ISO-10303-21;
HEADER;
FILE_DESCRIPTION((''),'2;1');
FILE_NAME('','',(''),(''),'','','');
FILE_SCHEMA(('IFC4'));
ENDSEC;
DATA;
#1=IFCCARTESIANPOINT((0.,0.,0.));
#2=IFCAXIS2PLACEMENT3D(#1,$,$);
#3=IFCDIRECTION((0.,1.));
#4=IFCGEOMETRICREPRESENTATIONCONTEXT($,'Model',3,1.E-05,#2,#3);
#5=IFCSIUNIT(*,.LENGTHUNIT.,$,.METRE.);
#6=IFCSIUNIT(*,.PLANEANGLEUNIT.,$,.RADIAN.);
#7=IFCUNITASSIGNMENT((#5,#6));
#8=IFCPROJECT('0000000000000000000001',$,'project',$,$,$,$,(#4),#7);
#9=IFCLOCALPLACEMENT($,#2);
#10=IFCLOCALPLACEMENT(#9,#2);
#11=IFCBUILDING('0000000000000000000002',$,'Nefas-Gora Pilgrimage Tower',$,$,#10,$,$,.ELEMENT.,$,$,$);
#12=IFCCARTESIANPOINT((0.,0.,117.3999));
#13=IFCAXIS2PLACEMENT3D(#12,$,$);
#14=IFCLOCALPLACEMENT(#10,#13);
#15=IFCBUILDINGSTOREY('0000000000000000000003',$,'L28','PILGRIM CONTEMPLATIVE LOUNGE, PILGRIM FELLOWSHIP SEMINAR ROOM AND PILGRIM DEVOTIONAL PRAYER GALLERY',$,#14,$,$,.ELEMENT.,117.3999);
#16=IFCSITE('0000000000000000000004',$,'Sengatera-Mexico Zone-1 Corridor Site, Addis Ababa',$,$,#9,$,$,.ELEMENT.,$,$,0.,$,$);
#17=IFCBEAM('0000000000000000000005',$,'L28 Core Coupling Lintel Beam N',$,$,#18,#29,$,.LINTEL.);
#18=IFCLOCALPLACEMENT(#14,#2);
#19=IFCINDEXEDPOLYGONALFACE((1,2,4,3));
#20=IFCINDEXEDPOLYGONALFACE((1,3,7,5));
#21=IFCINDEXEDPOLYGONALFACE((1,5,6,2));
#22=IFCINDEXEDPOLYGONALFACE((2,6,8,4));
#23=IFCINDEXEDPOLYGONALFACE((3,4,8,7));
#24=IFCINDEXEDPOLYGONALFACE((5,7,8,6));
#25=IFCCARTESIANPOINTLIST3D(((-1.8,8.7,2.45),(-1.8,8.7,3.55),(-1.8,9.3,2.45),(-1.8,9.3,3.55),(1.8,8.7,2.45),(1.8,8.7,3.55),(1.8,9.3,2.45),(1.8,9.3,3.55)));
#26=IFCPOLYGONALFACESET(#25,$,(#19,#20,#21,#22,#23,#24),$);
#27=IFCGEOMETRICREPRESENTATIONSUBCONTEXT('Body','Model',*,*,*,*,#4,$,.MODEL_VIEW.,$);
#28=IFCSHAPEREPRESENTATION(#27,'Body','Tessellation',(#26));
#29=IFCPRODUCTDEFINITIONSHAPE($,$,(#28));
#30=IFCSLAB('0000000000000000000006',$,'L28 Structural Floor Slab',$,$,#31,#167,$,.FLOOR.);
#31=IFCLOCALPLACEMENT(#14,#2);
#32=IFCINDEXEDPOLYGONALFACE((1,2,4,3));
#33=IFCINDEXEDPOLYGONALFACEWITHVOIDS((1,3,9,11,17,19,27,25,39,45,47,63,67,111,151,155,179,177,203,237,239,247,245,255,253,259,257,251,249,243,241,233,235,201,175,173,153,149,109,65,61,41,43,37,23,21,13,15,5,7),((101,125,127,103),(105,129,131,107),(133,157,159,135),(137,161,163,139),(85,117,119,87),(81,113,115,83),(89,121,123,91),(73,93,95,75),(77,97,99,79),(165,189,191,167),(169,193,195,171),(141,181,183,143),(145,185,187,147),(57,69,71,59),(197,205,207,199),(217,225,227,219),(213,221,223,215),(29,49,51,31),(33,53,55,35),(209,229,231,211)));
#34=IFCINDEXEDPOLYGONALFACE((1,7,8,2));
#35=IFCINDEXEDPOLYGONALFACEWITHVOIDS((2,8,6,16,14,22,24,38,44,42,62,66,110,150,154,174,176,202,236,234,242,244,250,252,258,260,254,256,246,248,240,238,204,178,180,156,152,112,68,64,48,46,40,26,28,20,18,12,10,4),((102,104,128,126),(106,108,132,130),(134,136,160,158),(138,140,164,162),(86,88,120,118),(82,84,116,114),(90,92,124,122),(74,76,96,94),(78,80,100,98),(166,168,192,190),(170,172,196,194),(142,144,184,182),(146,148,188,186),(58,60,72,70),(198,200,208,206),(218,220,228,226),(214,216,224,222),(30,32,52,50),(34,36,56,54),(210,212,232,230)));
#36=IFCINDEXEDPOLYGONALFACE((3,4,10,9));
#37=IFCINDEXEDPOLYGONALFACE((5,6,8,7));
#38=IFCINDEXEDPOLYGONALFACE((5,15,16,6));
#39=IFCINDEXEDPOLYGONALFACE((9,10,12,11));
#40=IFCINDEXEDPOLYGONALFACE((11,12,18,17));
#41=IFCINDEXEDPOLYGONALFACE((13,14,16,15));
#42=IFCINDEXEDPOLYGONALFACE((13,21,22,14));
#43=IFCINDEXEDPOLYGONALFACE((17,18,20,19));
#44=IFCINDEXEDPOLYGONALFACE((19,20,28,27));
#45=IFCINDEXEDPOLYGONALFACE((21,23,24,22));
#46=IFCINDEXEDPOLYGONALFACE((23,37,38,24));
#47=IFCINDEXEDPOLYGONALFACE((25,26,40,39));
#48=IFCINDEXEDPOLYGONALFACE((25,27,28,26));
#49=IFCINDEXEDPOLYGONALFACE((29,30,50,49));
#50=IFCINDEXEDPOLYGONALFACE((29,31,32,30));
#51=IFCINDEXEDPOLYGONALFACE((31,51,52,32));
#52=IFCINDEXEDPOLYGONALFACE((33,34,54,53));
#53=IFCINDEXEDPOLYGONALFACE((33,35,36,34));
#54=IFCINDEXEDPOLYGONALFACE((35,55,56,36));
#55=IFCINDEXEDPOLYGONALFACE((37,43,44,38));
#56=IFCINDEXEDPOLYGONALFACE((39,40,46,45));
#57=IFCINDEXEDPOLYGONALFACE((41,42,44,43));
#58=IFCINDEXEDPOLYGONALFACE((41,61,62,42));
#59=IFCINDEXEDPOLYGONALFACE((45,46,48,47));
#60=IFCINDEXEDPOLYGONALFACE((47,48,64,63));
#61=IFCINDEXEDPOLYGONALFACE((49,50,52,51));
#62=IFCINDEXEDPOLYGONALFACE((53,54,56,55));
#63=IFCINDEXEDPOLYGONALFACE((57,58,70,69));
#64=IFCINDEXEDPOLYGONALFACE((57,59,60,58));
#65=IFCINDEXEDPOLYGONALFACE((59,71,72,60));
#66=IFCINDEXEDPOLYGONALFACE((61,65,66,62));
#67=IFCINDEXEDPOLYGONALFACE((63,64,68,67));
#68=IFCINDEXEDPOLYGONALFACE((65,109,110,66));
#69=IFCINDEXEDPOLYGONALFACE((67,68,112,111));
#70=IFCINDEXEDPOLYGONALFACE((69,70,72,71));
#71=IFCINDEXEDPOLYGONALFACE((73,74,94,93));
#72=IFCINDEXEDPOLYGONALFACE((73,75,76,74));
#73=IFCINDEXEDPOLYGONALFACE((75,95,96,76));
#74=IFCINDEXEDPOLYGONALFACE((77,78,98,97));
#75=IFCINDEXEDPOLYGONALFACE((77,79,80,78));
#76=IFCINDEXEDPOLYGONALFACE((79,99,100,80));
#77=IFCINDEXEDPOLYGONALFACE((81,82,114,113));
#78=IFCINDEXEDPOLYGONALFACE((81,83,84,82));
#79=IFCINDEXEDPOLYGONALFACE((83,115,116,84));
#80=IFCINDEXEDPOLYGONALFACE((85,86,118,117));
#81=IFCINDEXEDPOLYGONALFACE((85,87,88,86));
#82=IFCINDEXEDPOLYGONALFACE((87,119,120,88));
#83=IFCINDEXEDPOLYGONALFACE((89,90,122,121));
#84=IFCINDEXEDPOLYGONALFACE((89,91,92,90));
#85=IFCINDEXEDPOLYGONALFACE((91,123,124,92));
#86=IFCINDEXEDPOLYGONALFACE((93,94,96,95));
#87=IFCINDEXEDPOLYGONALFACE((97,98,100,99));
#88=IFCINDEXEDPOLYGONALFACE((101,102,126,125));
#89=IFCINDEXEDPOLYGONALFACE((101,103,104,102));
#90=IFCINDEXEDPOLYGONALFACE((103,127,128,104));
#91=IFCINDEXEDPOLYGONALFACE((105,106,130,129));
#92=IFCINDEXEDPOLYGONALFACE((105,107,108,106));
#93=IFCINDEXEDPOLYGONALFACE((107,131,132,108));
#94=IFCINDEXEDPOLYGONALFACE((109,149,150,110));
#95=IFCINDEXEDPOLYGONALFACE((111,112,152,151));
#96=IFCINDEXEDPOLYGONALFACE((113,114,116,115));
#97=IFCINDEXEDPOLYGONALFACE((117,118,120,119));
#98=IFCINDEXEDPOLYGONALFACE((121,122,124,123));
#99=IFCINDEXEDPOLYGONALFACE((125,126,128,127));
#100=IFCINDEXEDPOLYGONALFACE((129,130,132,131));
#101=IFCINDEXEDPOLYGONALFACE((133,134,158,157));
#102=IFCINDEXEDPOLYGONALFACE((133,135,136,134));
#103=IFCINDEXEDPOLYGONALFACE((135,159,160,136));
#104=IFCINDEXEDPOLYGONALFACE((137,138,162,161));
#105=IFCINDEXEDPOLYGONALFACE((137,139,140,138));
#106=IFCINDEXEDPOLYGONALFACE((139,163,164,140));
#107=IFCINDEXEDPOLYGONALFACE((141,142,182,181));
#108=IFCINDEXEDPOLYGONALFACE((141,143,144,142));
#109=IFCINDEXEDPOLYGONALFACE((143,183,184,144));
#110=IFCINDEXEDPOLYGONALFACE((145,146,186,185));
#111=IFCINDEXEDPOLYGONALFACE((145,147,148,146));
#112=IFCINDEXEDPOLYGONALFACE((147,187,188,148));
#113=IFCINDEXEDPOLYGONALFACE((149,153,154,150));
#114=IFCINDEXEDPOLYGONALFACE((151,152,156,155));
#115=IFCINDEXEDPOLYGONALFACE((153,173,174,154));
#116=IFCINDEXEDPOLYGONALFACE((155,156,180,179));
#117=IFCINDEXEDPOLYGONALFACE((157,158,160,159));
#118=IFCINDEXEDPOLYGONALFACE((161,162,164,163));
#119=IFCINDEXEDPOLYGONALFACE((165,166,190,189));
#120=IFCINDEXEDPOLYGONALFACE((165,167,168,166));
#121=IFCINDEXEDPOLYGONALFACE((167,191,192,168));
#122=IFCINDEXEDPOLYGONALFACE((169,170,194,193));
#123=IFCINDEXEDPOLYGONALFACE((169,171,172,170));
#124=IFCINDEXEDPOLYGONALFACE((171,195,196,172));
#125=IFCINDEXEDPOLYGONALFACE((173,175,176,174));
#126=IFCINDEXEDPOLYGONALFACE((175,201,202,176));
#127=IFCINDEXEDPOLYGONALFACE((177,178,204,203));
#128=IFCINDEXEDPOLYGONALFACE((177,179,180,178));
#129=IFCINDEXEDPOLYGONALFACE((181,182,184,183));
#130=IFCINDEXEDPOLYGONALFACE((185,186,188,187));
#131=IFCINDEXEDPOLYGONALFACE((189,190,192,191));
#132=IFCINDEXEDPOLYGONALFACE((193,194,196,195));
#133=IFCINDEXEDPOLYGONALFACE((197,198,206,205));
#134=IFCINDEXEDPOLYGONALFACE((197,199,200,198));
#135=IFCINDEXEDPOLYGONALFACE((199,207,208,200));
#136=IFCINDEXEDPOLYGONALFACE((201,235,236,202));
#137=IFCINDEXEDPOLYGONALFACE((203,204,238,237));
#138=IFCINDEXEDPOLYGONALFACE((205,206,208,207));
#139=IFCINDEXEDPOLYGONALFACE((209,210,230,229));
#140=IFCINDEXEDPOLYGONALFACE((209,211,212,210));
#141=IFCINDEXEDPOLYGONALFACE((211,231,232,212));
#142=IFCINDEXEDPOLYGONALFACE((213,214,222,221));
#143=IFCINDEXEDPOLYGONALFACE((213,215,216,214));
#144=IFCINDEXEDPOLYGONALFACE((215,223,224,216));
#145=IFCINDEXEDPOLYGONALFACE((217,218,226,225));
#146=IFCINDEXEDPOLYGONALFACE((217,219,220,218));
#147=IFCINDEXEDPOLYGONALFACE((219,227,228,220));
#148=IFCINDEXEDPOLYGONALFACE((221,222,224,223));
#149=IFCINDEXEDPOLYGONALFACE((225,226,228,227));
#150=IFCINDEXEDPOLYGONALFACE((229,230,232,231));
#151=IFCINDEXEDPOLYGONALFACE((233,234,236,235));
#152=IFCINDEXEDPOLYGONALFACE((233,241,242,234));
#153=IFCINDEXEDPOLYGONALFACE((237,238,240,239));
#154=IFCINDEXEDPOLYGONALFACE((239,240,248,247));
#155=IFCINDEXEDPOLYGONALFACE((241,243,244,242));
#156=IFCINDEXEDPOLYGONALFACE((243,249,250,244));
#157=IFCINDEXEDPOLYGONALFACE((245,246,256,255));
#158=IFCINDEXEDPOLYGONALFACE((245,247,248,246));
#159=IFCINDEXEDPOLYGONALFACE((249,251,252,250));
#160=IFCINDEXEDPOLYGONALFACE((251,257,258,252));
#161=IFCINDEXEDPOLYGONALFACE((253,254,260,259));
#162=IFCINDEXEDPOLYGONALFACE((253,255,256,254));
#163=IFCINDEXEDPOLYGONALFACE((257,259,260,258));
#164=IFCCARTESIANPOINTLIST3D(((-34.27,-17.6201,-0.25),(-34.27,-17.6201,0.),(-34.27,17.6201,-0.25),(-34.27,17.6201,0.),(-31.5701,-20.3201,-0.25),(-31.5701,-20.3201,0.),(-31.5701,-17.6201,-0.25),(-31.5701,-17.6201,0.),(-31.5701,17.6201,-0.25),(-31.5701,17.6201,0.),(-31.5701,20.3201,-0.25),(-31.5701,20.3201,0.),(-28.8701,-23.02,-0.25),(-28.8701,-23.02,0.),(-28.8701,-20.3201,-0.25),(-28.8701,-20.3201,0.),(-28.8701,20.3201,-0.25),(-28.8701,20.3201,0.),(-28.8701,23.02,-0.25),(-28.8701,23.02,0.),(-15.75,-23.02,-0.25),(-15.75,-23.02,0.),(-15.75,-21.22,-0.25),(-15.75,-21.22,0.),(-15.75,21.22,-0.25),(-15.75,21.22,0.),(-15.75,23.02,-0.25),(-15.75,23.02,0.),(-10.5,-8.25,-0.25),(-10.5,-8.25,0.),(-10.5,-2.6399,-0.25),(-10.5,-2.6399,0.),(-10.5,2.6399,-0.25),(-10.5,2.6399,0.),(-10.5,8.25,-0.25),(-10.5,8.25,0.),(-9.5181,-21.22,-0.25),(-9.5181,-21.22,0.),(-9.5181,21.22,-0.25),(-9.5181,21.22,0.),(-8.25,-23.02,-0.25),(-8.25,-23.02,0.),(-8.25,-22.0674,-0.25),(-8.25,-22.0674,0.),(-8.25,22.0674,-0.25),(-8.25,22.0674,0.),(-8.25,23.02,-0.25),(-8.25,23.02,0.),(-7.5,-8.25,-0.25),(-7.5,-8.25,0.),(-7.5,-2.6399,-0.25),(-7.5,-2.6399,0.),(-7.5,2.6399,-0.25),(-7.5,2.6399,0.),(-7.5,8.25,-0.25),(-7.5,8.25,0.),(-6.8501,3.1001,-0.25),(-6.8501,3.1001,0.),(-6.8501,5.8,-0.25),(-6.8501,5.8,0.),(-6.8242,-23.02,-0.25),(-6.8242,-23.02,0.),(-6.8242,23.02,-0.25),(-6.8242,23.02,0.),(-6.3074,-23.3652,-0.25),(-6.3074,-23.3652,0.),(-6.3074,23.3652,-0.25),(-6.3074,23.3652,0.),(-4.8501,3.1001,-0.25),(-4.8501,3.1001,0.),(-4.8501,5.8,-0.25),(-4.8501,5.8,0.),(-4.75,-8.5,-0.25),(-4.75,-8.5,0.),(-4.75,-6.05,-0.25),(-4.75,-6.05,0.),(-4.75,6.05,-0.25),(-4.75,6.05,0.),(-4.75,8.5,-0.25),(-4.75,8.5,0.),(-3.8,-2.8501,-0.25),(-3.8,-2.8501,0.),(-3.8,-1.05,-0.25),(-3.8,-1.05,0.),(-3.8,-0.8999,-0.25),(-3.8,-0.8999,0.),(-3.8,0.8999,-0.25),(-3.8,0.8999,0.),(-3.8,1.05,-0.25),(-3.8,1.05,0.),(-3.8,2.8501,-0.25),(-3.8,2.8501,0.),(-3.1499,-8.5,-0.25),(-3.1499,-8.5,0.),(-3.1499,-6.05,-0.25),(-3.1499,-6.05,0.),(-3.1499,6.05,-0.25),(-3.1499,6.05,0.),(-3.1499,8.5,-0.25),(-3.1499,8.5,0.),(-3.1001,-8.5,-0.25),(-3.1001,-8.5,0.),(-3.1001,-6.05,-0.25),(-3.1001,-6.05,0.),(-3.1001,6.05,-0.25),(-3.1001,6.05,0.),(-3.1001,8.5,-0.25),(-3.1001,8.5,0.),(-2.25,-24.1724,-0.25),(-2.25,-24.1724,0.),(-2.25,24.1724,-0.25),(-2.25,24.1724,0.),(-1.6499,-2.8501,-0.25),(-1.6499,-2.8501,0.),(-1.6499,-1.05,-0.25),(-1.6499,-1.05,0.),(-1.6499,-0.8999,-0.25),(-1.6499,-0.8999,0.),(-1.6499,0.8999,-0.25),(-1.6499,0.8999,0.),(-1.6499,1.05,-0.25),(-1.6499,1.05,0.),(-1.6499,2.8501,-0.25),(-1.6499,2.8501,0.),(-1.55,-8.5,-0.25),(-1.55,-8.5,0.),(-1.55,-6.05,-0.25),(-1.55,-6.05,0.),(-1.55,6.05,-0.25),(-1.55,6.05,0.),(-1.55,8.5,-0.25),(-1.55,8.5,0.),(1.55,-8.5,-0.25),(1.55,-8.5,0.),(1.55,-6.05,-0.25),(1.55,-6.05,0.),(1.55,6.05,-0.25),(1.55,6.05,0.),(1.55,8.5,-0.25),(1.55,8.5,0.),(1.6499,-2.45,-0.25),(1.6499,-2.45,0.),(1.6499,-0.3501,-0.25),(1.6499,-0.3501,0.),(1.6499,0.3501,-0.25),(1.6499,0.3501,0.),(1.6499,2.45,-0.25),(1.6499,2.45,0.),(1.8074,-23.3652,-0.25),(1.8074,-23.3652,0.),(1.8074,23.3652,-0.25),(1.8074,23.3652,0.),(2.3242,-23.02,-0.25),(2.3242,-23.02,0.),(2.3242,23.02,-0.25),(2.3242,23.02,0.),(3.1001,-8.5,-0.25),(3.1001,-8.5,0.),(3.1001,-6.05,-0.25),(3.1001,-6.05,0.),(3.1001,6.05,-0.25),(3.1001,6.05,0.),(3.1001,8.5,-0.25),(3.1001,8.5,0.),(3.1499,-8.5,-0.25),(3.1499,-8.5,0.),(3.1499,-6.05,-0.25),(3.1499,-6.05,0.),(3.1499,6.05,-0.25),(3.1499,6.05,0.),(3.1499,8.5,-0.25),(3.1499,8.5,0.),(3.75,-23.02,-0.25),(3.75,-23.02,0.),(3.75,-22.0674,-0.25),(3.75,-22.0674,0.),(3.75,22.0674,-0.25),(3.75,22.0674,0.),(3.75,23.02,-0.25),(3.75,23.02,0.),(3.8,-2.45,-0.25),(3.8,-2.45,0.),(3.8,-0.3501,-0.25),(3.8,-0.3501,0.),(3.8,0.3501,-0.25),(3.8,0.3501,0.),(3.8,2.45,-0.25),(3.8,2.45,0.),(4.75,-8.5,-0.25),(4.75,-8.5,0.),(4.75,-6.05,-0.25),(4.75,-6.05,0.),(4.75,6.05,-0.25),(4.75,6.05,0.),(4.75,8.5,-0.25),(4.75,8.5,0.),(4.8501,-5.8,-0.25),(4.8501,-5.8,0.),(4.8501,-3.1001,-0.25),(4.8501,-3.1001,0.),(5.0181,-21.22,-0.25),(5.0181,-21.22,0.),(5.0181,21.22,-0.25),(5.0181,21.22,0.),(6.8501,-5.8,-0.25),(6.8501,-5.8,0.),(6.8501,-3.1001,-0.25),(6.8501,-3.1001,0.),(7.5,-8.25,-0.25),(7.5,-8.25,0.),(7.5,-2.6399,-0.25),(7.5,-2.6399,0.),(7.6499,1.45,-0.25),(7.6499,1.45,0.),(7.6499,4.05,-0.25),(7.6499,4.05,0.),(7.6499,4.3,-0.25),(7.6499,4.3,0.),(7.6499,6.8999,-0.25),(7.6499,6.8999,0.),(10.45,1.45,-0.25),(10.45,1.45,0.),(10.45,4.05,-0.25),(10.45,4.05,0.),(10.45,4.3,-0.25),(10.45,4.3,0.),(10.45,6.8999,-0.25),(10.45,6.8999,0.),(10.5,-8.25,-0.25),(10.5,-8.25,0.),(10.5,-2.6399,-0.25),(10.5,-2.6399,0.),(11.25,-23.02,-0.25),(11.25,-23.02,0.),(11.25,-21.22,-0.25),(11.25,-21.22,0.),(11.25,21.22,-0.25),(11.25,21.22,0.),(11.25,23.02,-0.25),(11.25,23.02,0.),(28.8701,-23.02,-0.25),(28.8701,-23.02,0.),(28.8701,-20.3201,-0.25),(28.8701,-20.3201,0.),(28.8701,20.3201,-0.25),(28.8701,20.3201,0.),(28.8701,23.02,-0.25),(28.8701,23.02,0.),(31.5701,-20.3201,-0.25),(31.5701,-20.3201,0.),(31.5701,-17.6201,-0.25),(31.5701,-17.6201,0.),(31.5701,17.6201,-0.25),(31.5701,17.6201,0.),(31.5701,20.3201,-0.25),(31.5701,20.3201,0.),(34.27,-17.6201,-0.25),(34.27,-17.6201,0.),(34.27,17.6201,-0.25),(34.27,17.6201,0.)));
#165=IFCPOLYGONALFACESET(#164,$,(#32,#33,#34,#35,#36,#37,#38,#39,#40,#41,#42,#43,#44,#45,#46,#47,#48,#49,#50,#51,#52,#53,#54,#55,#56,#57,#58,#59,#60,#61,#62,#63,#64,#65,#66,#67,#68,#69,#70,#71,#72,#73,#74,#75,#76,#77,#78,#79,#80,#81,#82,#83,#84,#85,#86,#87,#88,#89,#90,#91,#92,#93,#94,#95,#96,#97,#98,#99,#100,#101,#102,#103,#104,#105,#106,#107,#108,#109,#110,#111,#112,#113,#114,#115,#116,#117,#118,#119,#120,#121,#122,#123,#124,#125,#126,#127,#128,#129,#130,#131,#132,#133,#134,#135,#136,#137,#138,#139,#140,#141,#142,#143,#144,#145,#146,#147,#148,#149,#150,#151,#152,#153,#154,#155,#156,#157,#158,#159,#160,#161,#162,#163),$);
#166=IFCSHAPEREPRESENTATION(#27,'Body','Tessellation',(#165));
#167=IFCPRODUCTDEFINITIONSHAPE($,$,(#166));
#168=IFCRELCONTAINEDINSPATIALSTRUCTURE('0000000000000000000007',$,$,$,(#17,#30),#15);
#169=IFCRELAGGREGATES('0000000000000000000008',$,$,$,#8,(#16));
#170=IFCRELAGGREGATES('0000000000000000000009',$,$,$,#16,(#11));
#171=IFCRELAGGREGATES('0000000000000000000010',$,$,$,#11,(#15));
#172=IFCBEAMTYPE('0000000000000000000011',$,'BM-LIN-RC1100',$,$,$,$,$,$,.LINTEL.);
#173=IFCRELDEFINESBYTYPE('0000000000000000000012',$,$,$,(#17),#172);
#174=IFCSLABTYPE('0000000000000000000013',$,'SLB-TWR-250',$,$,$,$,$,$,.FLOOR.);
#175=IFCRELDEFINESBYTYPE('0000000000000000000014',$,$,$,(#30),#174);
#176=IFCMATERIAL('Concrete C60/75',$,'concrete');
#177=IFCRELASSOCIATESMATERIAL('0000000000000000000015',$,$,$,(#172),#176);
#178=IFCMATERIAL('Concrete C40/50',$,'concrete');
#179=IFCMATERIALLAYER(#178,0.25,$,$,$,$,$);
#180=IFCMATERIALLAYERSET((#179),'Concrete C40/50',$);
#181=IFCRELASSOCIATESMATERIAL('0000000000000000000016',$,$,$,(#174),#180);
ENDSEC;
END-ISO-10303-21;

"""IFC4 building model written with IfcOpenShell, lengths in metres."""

from ifc_helpers import new_model, si_unit, direction, frame, origin, origin_2d, place, context, subcontext, project, spatial, polyline, rectangle, outline, extrude, source, transform, mapped, material, layer, layer_set, material_profile, profile_set, type_object, element, save


model = new_model("IFC4")

# Units and contexts
model_context = context("Model", 3, precision=1e-05, world=origin(), true_north=direction((0.0, 1.0)))
body_context = subcontext(model_context, "Body", "Model", "MODEL_VIEW")
ifc_project = project(units=[si_unit("LENGTHUNIT", "METRE"), si_unit("PLANEANGLEUNIT", "RADIAN")], contexts=[model_context])

# Site, building, storey
site_placement = place(None, origin())
site = spatial("IfcSite", under=ifc_project, at=site_placement, Name="Sengatera-Mexico Zone-1 Corridor Site, Addis Ababa", CompositionType="ELEMENT", RefElevation=0.0)
building_placement = place(site_placement, origin())
building = spatial("IfcBuilding", under=site, at=building_placement, Name="Nefas-Gora Pilgrimage Tower", CompositionType="ELEMENT")
storey_placement = place(building_placement, frame((0.0, 0.0, 117.3999)))
storey = spatial("IfcBuildingStorey", under=building, at=storey_placement, Name="L28", Description="PILGRIM CONTEMPLATIVE LOUNGE, PILGRIM FELLOWSHIP SEMINAR ROOM AND PILGRIM DEVOTIONAL PRAYER GALLERY", CompositionType="ELEMENT", Elevation=117.3999)

# Beam
ifc_material_1 = material(Name="Concrete C60/75", Category="concrete")
ifc_material_profile = material_profile(ifc_material_1, rectangle(XDim=0.6001, YDim=1.1001, at=origin_2d()), Name="RC 600x1100")
ifc_profile_set = profile_set([ifc_material_profile], Name="Concrete C60/75")
beam_type = type_object("IfcBeamType", Name="BM-LIN-RC1100", PredefinedType="LINTEL", material=ifc_profile_set)
shared_shape_1 = source(origin(), body_context, "Body", "SweptSolid", [
    extrude(rectangle(XDim=0.6001, YDim=1.1001, at=origin_2d()), origin(), (0.0, 0.0, 1.0), 3.6001),
])
beam_placement = place(storey_placement, frame((-1.8, 9.0, 3.0), z_axis=(1.0, 0.0, 0.0), x_axis=(0.0, 1.0, 0.0)))
element("IfcBeam", 1, at=beam_placement, inside=storey, type_object=beam_type, Name="L28 Core Coupling Lintel Beam N", PredefinedType="LINTEL", context=body_context, shape_type="MappedRepresentation", body=[
    mapped(shared_shape_1, transform((0.0, 0.0, 0.0), x_axis=(1.0, 0.0, 0.0), y_axis=(0.0, 1.0, 0.0), z_axis=(0.0, 0.0, 1.0), scale=1.0)),
])

# Slab
ifc_material_2 = material(Name="Concrete C40/50", Category="concrete")
ifc_layer_1 = layer(ifc_material_2, 0.25)
ifc_layer_set_1 = layer_set([ifc_layer_1], Name="Concrete C40/50")
slab_type_1 = type_object("IfcSlabType", Name="SLB-TWR-250", PredefinedType="FLOOR", material=ifc_layer_set_1)
slab_1_placement = place(storey_placement, frame((0.0, 0.0, -0.25)))
element("IfcSlab", 2, at=slab_1_placement, inside=storey, type_object=slab_type_1, Name="L28 Structural Floor Slab", PredefinedType="FLOOR", context=body_context, shape_type="SweptSolid", body=[
    extrude(outline(polyline([(5.0181, -21.22), (11.25, -21.22), (11.25, -23.02), (28.8701, -23.02), (28.8701, -20.3201), (31.5701, -20.3201), (31.5701, -17.6201), (34.27, -17.6201), (34.27, 17.6201), (31.5701, 17.6201), (31.5701, 20.3201), (28.8701, 20.3201), (28.8701, 23.02), (11.25, 23.02), (11.25, 21.22), (5.0181, 21.22), (3.75, 22.0674), (3.75, 23.02), (2.3242, 23.02), (1.8074, 23.3652), (-2.25, 24.1724), (-6.3074, 23.3652), (-6.8242, 23.02), (-8.25, 23.02), (-8.25, 22.0674), (-9.5181, 21.22), (-15.75, 21.22), (-15.75, 23.02), (-28.8701, 23.02), (-28.8701, 20.3201), (-31.5701, 20.3201), (-31.5701, 17.6201), (-34.27, 17.6201), (-34.27, -17.6201), (-31.5701, -17.6201), (-31.5701, -20.3201), (-28.8701, -20.3201), (-28.8701, -23.02), (-15.75, -23.02), (-15.75, -21.22), (-9.5181, -21.22), (-8.25, -22.0674), (-8.25, -23.02), (-6.8242, -23.02), (-6.3074, -23.3652), (-2.25, -24.1724), (1.8074, -23.3652), (2.3242, -23.02), (3.75, -23.02), (3.75, -22.0674), (5.0181, -21.22)]), holes=[polyline([(-10.5, 2.6399), (-10.5, 8.25), (-7.5, 8.25), (-7.5, 2.6399), (-10.5, 2.6399)]), polyline([(10.5, -2.6399), (10.5, -8.25), (7.5, -8.25), (7.5, -2.6399), (10.5, -2.6399)]), polyline([(-7.5, -2.6399), (-7.5, -8.25), (-10.5, -8.25), (-10.5, -2.6399), (-7.5, -2.6399)]), polyline([(-6.8501, 5.8), (-4.8501, 5.8), (-4.8501, 3.1001), (-6.8501, 3.1001), (-6.8501, 5.8)]), polyline([(4.8501, -3.1001), (6.8501, -3.1001), (6.8501, -5.8), (4.8501, -5.8), (4.8501, -3.1001)]), polyline([(7.6499, 4.05), (10.45, 4.05), (10.45, 1.45), (7.6499, 1.45), (7.6499, 4.05)]), polyline([(7.6499, 6.8999), (10.45, 6.8999), (10.45, 4.3), (7.6499, 4.3), (7.6499, 6.8999)]), polyline([(-4.75, 8.5), (-3.1499, 8.5), (-3.1499, 6.05), (-4.75, 6.05), (-4.75, 8.5)]), polyline([(-3.1001, 8.5), (-1.55, 8.5), (-1.55, 6.05), (-3.1001, 6.05), (-3.1001, 8.5)]), polyline([(1.55, 8.5), (3.1001, 8.5), (3.1001, 6.05), (1.55, 6.05), (1.55, 8.5)]), polyline([(3.1499, 8.5), (4.75, 8.5), (4.75, 6.05), (3.1499, 6.05), (3.1499, 8.5)]), polyline([(-4.75, -6.05), (-3.1499, -6.05), (-3.1499, -8.5), (-4.75, -8.5), (-4.75, -6.05)]), polyline([(-3.1001, -6.05), (-1.55, -6.05), (-1.55, -8.5), (-3.1001, -8.5), (-3.1001, -6.05)]), polyline([(1.55, -6.05), (3.1001, -6.05), (3.1001, -8.5), (1.55, -8.5), (1.55, -6.05)]), polyline([(3.1499, -6.05), (4.75, -6.05), (4.75, -8.5), (3.1499, -8.5), (3.1499, -6.05)]), polyline([(-3.8, -1.05), (-1.6499, -1.05), (-1.6499, -2.8501), (-3.8, -2.8501), (-3.8, -1.05)]), polyline([(-3.8, 0.8999), (-1.6499, 0.8999), (-1.6499, -0.8999), (-3.8, -0.8999), (-3.8, 0.8999)]), polyline([(-3.8, 2.8501), (-1.6499, 2.8501), (-1.6499, 1.05), (-3.8, 1.05), (-3.8, 2.8501)]), polyline([(1.6499, -0.3501), (3.8, -0.3501), (3.8, -2.45), (1.6499, -2.45), (1.6499, -0.3501)]), polyline([(1.6499, 2.45), (3.8, 2.45), (3.8, 0.3501), (1.6499, 0.3501), (1.6499, 2.45)])]), origin(), (0.0, 0.0, 1.0), 0.25),
])

save(model, "model.ifc")
